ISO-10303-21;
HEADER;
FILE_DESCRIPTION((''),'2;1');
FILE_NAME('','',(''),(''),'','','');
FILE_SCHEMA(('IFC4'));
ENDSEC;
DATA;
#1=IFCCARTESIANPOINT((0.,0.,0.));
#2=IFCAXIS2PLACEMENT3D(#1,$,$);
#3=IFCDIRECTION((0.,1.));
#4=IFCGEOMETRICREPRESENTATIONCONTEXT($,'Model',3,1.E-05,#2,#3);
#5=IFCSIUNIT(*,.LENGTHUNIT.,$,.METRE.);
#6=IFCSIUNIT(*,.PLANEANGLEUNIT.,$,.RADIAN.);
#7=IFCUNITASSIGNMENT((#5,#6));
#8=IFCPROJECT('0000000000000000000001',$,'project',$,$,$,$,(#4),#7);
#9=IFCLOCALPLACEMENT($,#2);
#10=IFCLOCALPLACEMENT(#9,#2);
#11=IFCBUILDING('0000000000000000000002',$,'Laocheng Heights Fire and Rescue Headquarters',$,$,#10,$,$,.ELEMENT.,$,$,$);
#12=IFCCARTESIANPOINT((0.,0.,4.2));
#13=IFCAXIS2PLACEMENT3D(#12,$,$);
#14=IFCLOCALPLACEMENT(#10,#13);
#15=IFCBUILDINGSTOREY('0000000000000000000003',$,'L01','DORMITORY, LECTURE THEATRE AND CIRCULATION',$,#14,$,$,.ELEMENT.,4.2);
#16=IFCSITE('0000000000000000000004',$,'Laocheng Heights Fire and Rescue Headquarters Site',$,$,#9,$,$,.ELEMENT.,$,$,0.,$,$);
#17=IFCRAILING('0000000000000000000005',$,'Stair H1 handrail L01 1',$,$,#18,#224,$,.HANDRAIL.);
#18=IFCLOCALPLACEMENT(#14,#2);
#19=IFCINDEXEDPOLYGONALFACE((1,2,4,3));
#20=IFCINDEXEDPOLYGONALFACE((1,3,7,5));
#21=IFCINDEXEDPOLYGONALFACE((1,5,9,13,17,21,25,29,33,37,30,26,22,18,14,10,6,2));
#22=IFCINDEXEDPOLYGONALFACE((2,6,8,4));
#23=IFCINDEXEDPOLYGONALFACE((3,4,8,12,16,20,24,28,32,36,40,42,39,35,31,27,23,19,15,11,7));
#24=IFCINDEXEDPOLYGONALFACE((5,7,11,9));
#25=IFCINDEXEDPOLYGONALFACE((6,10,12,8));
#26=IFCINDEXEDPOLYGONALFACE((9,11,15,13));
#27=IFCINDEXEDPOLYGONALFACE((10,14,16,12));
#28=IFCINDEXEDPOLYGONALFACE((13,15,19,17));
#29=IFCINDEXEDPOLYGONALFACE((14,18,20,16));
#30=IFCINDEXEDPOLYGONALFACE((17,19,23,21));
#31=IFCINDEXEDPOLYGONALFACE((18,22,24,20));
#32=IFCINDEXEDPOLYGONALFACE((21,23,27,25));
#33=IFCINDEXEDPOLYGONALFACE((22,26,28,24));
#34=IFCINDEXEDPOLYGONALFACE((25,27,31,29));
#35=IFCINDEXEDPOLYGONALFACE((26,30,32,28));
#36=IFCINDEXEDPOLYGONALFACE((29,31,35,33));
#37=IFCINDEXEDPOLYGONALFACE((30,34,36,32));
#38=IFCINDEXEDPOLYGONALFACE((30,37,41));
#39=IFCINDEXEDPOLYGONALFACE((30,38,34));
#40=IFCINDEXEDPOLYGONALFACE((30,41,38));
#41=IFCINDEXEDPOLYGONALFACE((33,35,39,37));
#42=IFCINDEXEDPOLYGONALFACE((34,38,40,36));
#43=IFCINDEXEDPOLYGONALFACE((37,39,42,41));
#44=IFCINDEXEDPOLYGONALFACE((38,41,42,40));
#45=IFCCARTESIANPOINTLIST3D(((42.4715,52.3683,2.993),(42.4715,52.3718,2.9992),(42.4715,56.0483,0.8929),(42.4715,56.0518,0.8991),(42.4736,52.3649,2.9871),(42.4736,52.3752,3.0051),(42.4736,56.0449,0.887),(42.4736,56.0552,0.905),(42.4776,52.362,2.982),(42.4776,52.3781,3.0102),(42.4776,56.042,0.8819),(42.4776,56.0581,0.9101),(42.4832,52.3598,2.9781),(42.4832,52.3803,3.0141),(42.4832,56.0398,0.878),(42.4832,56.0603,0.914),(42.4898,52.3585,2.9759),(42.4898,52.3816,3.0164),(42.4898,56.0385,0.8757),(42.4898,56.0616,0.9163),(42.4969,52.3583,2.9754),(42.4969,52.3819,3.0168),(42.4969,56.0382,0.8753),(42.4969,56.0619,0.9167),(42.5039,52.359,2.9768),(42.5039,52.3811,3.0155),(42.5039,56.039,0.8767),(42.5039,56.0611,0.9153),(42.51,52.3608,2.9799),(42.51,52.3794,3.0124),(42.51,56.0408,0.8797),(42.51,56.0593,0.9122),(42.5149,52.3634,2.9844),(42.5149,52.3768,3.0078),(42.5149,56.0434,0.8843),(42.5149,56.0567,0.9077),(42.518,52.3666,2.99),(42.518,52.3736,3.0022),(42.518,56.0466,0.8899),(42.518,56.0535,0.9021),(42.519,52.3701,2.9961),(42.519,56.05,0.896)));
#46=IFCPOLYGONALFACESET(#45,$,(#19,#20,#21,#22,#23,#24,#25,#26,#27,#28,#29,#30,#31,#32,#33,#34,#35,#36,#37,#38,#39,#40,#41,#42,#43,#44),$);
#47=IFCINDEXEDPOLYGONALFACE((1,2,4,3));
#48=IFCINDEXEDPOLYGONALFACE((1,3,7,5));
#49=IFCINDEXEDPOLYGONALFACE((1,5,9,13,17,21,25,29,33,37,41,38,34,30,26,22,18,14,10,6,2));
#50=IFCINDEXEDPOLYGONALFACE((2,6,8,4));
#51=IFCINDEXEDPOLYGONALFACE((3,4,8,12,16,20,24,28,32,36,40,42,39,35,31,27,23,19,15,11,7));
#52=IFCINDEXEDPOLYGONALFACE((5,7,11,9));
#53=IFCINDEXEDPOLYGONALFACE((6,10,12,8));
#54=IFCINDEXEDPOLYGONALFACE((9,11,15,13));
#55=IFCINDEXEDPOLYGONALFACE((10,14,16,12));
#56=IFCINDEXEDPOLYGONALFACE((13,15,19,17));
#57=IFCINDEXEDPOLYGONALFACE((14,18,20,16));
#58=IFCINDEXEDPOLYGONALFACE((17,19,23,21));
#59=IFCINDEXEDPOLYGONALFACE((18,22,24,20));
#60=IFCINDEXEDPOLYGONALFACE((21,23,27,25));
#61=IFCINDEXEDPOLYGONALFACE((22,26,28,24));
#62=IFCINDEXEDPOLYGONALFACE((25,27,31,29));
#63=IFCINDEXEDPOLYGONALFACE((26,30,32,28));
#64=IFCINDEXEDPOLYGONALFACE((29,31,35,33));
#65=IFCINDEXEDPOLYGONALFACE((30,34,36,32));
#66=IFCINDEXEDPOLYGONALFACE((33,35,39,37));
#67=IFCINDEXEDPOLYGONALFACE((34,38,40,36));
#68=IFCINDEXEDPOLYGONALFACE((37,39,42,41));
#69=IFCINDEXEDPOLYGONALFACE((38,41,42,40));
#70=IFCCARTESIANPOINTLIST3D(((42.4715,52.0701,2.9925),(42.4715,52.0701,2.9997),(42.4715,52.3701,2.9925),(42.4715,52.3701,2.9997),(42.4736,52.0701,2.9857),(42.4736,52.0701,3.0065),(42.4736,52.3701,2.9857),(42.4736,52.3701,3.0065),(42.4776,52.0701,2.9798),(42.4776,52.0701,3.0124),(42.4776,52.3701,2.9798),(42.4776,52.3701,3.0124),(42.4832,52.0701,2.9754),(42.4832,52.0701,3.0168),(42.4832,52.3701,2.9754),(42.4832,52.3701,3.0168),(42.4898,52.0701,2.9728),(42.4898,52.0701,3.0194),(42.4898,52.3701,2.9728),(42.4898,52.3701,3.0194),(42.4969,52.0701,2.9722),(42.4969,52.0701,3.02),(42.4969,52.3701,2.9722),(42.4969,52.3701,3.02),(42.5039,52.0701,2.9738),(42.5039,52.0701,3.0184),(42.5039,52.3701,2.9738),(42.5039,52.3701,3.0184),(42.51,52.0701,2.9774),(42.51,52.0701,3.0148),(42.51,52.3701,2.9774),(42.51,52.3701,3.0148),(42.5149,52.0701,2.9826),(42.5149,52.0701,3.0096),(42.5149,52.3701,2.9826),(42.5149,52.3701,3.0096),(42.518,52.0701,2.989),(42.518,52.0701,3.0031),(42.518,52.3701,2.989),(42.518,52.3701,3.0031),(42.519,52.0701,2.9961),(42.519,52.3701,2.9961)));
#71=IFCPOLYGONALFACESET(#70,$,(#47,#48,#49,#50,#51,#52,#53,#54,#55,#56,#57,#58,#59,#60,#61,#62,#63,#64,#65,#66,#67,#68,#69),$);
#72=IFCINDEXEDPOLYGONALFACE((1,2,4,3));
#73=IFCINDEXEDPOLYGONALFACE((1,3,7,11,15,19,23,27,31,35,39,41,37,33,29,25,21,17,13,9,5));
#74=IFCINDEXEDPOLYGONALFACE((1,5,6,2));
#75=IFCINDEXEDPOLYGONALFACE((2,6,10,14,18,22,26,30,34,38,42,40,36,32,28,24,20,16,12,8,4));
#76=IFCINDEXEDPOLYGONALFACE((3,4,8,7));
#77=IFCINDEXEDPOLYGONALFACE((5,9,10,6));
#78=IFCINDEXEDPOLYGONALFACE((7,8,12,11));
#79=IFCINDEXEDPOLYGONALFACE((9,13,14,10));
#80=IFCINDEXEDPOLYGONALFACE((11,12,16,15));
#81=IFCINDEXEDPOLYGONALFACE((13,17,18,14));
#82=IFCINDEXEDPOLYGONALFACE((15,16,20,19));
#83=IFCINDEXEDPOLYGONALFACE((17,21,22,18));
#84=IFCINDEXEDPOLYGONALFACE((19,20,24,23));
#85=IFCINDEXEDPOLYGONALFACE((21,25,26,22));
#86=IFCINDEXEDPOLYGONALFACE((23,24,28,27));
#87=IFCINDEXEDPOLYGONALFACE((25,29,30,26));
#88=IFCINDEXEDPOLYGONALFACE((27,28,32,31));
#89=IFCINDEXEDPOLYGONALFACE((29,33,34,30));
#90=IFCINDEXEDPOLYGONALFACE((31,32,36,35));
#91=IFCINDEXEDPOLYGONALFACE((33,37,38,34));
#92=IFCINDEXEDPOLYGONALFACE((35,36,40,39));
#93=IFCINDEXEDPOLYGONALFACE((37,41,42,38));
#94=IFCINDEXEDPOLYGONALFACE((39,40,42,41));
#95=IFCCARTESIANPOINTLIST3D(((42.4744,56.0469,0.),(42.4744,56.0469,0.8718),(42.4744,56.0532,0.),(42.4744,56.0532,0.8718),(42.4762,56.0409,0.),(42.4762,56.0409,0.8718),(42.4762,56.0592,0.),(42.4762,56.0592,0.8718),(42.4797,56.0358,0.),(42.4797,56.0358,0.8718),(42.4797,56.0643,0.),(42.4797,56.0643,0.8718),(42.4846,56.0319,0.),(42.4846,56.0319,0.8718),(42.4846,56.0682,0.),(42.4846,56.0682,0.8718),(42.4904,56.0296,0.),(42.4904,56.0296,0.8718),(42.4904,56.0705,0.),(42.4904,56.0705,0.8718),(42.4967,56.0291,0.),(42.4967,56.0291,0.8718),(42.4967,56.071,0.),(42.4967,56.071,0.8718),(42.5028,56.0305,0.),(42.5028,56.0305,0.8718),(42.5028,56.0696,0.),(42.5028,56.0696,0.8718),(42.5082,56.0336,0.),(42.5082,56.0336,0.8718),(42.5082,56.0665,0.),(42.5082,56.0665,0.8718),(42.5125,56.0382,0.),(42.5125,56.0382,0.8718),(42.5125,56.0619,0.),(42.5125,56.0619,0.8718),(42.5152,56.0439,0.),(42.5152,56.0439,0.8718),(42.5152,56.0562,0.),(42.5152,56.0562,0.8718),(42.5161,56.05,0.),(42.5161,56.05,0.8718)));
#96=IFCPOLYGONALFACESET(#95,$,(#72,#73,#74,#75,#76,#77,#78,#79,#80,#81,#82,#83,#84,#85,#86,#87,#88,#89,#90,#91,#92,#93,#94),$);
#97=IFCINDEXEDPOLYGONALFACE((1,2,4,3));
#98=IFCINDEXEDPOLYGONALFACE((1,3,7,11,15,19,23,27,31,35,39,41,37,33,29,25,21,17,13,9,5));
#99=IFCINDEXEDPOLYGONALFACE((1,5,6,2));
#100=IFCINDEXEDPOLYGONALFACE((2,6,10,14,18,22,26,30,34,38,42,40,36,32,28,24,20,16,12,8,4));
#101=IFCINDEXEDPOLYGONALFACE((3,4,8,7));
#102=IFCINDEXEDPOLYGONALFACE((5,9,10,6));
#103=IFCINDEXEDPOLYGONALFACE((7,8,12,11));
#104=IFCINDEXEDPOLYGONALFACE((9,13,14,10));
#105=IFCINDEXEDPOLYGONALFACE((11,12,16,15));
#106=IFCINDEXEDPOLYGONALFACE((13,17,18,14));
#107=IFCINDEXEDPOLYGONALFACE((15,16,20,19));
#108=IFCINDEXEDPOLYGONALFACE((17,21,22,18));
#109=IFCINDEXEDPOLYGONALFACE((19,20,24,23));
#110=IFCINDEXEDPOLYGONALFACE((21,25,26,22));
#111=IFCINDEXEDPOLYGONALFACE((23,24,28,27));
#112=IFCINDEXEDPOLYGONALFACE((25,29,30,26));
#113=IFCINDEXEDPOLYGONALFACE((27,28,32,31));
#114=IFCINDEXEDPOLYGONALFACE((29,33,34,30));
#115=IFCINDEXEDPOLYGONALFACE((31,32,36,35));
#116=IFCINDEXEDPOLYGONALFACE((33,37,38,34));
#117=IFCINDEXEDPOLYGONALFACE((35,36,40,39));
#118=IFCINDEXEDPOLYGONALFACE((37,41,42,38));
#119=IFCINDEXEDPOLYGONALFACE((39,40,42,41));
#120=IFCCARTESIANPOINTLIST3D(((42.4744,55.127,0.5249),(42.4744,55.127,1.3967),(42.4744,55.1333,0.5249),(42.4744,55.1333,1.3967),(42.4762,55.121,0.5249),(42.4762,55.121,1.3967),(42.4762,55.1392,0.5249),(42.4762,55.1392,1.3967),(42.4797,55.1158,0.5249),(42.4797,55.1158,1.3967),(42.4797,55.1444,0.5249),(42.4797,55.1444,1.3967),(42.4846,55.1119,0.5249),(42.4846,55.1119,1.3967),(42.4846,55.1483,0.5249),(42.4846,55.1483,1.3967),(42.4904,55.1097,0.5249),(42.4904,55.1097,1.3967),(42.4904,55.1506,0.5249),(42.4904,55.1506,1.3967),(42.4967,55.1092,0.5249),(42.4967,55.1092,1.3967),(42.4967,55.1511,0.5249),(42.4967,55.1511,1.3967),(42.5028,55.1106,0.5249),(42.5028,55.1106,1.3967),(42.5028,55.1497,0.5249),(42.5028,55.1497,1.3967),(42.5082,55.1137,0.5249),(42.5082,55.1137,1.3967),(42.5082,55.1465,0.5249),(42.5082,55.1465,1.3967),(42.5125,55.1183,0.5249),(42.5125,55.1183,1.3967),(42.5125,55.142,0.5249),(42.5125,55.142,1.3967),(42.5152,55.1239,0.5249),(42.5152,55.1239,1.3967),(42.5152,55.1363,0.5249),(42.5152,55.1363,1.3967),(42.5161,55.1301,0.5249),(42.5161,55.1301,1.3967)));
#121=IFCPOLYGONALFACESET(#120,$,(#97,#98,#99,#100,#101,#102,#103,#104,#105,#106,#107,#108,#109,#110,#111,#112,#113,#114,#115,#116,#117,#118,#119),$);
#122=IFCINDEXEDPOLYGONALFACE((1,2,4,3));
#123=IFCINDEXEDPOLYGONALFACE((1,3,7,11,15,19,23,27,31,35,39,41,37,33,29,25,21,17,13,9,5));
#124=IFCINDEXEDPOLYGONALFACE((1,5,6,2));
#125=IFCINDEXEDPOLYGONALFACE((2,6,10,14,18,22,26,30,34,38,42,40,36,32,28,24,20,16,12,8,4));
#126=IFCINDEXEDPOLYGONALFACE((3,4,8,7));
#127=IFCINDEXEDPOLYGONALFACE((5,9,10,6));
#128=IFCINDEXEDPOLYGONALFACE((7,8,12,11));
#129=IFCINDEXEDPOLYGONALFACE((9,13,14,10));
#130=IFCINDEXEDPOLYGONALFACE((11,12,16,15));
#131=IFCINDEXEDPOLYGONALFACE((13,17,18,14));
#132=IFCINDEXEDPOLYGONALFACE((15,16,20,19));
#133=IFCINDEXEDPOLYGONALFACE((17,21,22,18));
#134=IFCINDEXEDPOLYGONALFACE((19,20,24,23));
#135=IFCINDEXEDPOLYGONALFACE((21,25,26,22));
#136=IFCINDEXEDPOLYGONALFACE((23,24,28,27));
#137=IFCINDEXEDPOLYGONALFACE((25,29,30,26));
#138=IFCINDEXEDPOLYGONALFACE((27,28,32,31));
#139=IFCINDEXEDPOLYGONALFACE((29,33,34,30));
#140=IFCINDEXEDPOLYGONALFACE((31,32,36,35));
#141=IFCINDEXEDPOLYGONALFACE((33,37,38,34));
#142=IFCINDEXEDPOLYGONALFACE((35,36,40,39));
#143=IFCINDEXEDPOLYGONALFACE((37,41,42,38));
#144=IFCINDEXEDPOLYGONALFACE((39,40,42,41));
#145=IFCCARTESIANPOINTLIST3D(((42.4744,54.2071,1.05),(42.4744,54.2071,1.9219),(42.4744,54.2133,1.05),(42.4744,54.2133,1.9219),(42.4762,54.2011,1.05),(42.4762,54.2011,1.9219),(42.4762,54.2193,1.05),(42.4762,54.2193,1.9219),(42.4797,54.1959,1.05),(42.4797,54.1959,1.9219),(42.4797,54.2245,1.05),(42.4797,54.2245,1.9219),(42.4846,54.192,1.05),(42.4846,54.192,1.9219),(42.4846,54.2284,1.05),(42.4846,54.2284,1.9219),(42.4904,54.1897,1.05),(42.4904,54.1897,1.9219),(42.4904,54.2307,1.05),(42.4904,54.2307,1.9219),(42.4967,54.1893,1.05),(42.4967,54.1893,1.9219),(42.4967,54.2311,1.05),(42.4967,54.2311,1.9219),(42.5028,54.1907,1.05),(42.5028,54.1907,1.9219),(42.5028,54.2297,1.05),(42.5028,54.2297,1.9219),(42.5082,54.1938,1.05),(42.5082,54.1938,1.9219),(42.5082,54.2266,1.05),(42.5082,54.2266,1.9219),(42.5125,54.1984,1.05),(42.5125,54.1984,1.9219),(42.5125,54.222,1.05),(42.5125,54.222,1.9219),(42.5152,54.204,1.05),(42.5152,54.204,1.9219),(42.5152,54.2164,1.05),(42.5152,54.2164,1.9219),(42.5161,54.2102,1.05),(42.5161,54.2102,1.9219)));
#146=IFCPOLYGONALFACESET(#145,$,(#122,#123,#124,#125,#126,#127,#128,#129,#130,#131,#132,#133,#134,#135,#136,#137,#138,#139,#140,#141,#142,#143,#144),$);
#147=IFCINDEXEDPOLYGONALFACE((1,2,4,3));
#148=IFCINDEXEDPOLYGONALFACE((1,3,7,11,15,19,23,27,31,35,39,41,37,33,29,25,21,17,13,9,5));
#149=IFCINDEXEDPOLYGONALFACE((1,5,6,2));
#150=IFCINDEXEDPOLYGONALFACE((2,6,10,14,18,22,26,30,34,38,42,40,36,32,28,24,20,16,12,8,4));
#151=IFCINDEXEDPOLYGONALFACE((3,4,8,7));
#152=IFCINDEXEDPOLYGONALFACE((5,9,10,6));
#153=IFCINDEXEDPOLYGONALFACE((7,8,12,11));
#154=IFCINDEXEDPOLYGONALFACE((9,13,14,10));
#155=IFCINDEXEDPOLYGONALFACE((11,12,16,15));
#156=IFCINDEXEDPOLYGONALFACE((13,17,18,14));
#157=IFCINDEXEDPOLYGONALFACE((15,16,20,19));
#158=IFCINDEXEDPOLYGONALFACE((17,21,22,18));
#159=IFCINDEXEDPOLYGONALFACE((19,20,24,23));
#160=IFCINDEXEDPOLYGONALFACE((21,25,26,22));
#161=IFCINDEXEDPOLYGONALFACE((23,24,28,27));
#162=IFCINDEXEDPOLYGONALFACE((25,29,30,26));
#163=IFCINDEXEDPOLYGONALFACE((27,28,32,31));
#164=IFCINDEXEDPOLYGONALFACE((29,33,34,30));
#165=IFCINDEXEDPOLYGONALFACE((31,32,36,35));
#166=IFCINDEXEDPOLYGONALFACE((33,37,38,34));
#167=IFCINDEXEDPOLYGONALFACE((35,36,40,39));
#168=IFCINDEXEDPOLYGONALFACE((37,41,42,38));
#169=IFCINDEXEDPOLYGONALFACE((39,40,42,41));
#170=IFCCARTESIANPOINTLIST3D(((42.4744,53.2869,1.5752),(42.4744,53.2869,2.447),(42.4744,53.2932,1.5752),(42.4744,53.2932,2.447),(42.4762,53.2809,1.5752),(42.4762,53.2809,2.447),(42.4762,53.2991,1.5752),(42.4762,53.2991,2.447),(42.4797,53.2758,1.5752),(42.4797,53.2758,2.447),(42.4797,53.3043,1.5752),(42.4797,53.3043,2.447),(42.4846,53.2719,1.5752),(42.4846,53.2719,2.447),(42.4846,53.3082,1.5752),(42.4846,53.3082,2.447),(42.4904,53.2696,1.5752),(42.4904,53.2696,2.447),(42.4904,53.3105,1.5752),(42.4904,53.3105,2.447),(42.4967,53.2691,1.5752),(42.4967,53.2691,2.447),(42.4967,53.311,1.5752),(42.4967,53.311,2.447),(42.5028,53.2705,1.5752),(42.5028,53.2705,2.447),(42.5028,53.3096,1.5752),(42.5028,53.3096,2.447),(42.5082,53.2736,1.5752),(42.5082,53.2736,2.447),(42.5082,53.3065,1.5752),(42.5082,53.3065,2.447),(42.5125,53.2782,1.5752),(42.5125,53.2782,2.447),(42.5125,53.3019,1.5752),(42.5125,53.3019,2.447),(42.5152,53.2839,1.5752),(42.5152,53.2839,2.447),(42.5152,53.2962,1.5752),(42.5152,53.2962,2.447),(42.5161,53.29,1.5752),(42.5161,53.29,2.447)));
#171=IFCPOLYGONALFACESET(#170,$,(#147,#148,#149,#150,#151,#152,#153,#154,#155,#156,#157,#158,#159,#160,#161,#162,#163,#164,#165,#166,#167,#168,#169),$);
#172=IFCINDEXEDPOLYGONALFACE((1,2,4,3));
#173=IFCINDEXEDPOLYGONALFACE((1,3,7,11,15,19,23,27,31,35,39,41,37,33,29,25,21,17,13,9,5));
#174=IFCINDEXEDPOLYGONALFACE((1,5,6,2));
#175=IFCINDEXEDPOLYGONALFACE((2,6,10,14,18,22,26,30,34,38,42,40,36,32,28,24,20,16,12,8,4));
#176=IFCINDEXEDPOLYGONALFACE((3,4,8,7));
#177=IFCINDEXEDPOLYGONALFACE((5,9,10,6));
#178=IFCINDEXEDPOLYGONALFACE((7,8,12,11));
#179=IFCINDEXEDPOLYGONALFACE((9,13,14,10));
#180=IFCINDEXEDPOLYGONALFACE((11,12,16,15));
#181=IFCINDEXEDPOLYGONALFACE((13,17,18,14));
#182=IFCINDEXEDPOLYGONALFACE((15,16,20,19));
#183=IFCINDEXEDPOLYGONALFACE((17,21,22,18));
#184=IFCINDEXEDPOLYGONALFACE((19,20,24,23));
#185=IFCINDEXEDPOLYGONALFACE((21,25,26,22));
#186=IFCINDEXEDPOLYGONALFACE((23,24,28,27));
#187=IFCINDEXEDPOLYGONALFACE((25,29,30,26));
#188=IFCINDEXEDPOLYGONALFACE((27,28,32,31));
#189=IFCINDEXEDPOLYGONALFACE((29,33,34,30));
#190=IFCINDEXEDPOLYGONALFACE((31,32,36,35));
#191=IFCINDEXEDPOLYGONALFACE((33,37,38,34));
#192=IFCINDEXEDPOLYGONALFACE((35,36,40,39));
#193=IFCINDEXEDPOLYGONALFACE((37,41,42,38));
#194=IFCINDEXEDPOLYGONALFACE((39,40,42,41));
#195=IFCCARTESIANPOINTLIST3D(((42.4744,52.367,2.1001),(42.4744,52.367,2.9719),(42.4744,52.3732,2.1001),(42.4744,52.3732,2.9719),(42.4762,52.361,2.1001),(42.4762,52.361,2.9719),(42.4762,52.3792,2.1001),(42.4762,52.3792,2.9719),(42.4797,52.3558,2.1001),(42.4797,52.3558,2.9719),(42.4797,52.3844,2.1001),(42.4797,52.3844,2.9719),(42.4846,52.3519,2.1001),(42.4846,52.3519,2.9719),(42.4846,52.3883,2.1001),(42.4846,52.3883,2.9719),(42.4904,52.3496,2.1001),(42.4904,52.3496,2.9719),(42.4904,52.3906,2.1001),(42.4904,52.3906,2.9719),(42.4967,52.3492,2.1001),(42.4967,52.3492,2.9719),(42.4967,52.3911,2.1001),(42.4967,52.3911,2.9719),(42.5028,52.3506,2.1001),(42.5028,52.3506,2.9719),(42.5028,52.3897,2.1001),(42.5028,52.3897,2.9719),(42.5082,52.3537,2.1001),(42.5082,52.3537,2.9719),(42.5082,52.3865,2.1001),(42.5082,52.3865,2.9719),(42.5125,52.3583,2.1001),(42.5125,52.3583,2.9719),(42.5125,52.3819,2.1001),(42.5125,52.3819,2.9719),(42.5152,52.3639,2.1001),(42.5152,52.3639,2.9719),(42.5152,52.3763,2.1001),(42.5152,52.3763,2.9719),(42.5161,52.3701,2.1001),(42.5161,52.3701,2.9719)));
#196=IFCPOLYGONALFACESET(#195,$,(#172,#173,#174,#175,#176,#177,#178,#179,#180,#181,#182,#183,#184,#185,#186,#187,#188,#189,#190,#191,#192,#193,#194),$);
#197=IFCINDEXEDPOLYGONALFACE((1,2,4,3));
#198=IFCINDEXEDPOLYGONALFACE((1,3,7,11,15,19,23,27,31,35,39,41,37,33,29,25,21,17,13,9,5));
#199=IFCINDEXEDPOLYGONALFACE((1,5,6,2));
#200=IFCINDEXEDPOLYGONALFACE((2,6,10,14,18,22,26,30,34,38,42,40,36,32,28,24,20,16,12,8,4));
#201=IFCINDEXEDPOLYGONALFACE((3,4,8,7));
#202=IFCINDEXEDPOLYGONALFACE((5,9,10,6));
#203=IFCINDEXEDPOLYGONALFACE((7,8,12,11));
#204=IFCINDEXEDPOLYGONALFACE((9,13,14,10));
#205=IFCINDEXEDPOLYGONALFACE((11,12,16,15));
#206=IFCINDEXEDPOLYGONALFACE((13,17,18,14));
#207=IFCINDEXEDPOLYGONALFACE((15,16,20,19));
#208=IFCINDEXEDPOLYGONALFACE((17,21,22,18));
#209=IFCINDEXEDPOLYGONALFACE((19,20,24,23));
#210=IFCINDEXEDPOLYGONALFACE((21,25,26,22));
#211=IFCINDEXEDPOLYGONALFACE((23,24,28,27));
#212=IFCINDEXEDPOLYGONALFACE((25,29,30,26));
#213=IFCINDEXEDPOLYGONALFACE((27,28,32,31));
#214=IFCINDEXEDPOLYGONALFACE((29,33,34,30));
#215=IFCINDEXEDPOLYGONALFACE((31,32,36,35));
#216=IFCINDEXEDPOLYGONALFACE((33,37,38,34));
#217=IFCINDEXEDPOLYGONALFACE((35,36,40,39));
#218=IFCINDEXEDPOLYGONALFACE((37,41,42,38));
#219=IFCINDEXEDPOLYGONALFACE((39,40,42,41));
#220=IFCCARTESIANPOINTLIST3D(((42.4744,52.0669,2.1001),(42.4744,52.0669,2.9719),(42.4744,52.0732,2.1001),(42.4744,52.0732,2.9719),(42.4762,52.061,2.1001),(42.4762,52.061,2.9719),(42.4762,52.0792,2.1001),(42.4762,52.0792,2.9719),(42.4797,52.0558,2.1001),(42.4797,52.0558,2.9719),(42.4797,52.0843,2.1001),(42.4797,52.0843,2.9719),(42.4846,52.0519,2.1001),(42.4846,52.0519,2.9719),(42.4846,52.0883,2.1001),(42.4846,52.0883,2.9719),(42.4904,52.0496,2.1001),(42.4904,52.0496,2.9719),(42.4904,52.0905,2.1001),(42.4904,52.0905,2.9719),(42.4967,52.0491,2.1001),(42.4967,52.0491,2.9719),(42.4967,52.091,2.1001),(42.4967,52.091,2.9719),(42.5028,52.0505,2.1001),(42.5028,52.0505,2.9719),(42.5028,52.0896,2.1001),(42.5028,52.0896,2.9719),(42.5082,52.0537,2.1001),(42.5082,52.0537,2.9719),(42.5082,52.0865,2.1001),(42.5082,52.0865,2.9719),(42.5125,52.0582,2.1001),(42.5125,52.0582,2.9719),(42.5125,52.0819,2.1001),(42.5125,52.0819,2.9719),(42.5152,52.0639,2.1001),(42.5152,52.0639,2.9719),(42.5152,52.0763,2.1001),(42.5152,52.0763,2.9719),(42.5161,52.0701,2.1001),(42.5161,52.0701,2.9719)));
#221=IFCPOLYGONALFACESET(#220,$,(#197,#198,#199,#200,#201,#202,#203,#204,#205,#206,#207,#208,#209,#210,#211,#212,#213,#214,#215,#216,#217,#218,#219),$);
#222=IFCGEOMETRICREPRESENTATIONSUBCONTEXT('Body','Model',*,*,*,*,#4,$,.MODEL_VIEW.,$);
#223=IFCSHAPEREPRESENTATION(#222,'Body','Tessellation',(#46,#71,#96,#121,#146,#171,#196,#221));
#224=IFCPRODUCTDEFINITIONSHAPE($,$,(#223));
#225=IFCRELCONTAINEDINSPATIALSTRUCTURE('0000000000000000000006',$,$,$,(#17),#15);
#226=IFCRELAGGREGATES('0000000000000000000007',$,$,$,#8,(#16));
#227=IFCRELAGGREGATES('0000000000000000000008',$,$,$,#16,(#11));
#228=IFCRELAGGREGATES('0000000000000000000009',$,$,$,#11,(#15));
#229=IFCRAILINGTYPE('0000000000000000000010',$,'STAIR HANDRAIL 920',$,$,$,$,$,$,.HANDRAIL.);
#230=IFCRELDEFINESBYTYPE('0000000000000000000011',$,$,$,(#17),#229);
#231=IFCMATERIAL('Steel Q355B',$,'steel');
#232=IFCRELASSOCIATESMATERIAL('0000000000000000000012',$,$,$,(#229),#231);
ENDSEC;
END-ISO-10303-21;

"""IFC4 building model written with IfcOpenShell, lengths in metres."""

from ifc_helpers import new_model, si_unit, direction, frame, origin, origin_2d, place, context, subcontext, project, spatial, circle, extrude, material, type_object, element, save


model = new_model("IFC4")

# Units and contexts
model_context = context("Model", 3, precision=1e-05, world=origin(), true_north=direction((0.0, 1.0)))
body_context = subcontext(model_context, "Body", "Model", "MODEL_VIEW")
ifc_project = project(units=[si_unit("LENGTHUNIT", "METRE"), si_unit("PLANEANGLEUNIT", "RADIAN")], contexts=[model_context])

# Site, building, storey
site_placement = place(None, origin())
site = spatial("IfcSite", under=ifc_project, at=site_placement, Name="Laocheng Heights Fire and Rescue Headquarters Site", CompositionType="ELEMENT", RefElevation=0.0)
building_placement = place(site_placement, origin())
building = spatial("IfcBuilding", under=site, at=building_placement, Name="Laocheng Heights Fire and Rescue Headquarters", CompositionType="ELEMENT")
storey_placement = place(building_placement, frame((0.0, 0.0, 4.2)))
storey = spatial("IfcBuildingStorey", under=building, at=storey_placement, Name="L01", Description="DORMITORY, LECTURE THEATRE AND CIRCULATION", CompositionType="ELEMENT", Elevation=4.2)

# Railing
ifc_material_1 = material(Name="Steel Q355B", Category="steel")
railing_type = type_object("IfcRailingType", Name="STAIR HANDRAIL 920", PredefinedType="HANDRAIL", material=ifc_material_1)
railing_placement = place(storey_placement, frame((42.4951, 56.05, 0.0)))
element("IfcRailing", 1, at=railing_placement, inside=storey, type_object=railing_type, Name="Stair H1 handrail L01 1", PredefinedType="HANDRAIL", context=body_context, shape_type="SweptSolid", body=[
    extrude(circle(Radius=0.0239, at=origin_2d()), frame((0.0, 0.0, 0.896), z_axis=(0.0, -0.86852, 0.495655), x_axis=(1.0, 0.0, 0.0)), (0.0, 0.0, 1.0), 4.2371),
    extrude(circle(Radius=0.0239, at=origin_2d()), frame((0.0, -3.6799, 2.9961), z_axis=(0.0, -1.0, 0.0), x_axis=(1.0, 0.0, 0.0)), (0.0, 0.0, 1.0), 0.3),
    extrude(circle(Radius=0.021, at=origin_2d()), origin(), (0.0, 0.0, 1.0), 0.8718),
    extrude(circle(Radius=0.021, at=origin_2d()), frame((0.0, -0.9199, 0.5249)), (0.0, 0.0, 1.0), 0.8718),
    extrude(circle(Radius=0.021, at=origin_2d()), frame((0.0, -1.8398, 1.05)), (0.0, 0.0, 1.0), 0.8718),
    extrude(circle(Radius=0.021, at=origin_2d()), frame((0.0, -2.76, 1.5752)), (0.0, 0.0, 1.0), 0.8718),
    extrude(circle(Radius=0.021, at=origin_2d()), frame((0.0, -3.6799, 2.1001)), (0.0, 0.0, 1.0), 0.8718),
    extrude(circle(Radius=0.021, at=origin_2d()), frame((0.0, -3.98, 2.1001)), (0.0, 0.0, 1.0), 0.8718),
])

save(model, "model.ifc")
